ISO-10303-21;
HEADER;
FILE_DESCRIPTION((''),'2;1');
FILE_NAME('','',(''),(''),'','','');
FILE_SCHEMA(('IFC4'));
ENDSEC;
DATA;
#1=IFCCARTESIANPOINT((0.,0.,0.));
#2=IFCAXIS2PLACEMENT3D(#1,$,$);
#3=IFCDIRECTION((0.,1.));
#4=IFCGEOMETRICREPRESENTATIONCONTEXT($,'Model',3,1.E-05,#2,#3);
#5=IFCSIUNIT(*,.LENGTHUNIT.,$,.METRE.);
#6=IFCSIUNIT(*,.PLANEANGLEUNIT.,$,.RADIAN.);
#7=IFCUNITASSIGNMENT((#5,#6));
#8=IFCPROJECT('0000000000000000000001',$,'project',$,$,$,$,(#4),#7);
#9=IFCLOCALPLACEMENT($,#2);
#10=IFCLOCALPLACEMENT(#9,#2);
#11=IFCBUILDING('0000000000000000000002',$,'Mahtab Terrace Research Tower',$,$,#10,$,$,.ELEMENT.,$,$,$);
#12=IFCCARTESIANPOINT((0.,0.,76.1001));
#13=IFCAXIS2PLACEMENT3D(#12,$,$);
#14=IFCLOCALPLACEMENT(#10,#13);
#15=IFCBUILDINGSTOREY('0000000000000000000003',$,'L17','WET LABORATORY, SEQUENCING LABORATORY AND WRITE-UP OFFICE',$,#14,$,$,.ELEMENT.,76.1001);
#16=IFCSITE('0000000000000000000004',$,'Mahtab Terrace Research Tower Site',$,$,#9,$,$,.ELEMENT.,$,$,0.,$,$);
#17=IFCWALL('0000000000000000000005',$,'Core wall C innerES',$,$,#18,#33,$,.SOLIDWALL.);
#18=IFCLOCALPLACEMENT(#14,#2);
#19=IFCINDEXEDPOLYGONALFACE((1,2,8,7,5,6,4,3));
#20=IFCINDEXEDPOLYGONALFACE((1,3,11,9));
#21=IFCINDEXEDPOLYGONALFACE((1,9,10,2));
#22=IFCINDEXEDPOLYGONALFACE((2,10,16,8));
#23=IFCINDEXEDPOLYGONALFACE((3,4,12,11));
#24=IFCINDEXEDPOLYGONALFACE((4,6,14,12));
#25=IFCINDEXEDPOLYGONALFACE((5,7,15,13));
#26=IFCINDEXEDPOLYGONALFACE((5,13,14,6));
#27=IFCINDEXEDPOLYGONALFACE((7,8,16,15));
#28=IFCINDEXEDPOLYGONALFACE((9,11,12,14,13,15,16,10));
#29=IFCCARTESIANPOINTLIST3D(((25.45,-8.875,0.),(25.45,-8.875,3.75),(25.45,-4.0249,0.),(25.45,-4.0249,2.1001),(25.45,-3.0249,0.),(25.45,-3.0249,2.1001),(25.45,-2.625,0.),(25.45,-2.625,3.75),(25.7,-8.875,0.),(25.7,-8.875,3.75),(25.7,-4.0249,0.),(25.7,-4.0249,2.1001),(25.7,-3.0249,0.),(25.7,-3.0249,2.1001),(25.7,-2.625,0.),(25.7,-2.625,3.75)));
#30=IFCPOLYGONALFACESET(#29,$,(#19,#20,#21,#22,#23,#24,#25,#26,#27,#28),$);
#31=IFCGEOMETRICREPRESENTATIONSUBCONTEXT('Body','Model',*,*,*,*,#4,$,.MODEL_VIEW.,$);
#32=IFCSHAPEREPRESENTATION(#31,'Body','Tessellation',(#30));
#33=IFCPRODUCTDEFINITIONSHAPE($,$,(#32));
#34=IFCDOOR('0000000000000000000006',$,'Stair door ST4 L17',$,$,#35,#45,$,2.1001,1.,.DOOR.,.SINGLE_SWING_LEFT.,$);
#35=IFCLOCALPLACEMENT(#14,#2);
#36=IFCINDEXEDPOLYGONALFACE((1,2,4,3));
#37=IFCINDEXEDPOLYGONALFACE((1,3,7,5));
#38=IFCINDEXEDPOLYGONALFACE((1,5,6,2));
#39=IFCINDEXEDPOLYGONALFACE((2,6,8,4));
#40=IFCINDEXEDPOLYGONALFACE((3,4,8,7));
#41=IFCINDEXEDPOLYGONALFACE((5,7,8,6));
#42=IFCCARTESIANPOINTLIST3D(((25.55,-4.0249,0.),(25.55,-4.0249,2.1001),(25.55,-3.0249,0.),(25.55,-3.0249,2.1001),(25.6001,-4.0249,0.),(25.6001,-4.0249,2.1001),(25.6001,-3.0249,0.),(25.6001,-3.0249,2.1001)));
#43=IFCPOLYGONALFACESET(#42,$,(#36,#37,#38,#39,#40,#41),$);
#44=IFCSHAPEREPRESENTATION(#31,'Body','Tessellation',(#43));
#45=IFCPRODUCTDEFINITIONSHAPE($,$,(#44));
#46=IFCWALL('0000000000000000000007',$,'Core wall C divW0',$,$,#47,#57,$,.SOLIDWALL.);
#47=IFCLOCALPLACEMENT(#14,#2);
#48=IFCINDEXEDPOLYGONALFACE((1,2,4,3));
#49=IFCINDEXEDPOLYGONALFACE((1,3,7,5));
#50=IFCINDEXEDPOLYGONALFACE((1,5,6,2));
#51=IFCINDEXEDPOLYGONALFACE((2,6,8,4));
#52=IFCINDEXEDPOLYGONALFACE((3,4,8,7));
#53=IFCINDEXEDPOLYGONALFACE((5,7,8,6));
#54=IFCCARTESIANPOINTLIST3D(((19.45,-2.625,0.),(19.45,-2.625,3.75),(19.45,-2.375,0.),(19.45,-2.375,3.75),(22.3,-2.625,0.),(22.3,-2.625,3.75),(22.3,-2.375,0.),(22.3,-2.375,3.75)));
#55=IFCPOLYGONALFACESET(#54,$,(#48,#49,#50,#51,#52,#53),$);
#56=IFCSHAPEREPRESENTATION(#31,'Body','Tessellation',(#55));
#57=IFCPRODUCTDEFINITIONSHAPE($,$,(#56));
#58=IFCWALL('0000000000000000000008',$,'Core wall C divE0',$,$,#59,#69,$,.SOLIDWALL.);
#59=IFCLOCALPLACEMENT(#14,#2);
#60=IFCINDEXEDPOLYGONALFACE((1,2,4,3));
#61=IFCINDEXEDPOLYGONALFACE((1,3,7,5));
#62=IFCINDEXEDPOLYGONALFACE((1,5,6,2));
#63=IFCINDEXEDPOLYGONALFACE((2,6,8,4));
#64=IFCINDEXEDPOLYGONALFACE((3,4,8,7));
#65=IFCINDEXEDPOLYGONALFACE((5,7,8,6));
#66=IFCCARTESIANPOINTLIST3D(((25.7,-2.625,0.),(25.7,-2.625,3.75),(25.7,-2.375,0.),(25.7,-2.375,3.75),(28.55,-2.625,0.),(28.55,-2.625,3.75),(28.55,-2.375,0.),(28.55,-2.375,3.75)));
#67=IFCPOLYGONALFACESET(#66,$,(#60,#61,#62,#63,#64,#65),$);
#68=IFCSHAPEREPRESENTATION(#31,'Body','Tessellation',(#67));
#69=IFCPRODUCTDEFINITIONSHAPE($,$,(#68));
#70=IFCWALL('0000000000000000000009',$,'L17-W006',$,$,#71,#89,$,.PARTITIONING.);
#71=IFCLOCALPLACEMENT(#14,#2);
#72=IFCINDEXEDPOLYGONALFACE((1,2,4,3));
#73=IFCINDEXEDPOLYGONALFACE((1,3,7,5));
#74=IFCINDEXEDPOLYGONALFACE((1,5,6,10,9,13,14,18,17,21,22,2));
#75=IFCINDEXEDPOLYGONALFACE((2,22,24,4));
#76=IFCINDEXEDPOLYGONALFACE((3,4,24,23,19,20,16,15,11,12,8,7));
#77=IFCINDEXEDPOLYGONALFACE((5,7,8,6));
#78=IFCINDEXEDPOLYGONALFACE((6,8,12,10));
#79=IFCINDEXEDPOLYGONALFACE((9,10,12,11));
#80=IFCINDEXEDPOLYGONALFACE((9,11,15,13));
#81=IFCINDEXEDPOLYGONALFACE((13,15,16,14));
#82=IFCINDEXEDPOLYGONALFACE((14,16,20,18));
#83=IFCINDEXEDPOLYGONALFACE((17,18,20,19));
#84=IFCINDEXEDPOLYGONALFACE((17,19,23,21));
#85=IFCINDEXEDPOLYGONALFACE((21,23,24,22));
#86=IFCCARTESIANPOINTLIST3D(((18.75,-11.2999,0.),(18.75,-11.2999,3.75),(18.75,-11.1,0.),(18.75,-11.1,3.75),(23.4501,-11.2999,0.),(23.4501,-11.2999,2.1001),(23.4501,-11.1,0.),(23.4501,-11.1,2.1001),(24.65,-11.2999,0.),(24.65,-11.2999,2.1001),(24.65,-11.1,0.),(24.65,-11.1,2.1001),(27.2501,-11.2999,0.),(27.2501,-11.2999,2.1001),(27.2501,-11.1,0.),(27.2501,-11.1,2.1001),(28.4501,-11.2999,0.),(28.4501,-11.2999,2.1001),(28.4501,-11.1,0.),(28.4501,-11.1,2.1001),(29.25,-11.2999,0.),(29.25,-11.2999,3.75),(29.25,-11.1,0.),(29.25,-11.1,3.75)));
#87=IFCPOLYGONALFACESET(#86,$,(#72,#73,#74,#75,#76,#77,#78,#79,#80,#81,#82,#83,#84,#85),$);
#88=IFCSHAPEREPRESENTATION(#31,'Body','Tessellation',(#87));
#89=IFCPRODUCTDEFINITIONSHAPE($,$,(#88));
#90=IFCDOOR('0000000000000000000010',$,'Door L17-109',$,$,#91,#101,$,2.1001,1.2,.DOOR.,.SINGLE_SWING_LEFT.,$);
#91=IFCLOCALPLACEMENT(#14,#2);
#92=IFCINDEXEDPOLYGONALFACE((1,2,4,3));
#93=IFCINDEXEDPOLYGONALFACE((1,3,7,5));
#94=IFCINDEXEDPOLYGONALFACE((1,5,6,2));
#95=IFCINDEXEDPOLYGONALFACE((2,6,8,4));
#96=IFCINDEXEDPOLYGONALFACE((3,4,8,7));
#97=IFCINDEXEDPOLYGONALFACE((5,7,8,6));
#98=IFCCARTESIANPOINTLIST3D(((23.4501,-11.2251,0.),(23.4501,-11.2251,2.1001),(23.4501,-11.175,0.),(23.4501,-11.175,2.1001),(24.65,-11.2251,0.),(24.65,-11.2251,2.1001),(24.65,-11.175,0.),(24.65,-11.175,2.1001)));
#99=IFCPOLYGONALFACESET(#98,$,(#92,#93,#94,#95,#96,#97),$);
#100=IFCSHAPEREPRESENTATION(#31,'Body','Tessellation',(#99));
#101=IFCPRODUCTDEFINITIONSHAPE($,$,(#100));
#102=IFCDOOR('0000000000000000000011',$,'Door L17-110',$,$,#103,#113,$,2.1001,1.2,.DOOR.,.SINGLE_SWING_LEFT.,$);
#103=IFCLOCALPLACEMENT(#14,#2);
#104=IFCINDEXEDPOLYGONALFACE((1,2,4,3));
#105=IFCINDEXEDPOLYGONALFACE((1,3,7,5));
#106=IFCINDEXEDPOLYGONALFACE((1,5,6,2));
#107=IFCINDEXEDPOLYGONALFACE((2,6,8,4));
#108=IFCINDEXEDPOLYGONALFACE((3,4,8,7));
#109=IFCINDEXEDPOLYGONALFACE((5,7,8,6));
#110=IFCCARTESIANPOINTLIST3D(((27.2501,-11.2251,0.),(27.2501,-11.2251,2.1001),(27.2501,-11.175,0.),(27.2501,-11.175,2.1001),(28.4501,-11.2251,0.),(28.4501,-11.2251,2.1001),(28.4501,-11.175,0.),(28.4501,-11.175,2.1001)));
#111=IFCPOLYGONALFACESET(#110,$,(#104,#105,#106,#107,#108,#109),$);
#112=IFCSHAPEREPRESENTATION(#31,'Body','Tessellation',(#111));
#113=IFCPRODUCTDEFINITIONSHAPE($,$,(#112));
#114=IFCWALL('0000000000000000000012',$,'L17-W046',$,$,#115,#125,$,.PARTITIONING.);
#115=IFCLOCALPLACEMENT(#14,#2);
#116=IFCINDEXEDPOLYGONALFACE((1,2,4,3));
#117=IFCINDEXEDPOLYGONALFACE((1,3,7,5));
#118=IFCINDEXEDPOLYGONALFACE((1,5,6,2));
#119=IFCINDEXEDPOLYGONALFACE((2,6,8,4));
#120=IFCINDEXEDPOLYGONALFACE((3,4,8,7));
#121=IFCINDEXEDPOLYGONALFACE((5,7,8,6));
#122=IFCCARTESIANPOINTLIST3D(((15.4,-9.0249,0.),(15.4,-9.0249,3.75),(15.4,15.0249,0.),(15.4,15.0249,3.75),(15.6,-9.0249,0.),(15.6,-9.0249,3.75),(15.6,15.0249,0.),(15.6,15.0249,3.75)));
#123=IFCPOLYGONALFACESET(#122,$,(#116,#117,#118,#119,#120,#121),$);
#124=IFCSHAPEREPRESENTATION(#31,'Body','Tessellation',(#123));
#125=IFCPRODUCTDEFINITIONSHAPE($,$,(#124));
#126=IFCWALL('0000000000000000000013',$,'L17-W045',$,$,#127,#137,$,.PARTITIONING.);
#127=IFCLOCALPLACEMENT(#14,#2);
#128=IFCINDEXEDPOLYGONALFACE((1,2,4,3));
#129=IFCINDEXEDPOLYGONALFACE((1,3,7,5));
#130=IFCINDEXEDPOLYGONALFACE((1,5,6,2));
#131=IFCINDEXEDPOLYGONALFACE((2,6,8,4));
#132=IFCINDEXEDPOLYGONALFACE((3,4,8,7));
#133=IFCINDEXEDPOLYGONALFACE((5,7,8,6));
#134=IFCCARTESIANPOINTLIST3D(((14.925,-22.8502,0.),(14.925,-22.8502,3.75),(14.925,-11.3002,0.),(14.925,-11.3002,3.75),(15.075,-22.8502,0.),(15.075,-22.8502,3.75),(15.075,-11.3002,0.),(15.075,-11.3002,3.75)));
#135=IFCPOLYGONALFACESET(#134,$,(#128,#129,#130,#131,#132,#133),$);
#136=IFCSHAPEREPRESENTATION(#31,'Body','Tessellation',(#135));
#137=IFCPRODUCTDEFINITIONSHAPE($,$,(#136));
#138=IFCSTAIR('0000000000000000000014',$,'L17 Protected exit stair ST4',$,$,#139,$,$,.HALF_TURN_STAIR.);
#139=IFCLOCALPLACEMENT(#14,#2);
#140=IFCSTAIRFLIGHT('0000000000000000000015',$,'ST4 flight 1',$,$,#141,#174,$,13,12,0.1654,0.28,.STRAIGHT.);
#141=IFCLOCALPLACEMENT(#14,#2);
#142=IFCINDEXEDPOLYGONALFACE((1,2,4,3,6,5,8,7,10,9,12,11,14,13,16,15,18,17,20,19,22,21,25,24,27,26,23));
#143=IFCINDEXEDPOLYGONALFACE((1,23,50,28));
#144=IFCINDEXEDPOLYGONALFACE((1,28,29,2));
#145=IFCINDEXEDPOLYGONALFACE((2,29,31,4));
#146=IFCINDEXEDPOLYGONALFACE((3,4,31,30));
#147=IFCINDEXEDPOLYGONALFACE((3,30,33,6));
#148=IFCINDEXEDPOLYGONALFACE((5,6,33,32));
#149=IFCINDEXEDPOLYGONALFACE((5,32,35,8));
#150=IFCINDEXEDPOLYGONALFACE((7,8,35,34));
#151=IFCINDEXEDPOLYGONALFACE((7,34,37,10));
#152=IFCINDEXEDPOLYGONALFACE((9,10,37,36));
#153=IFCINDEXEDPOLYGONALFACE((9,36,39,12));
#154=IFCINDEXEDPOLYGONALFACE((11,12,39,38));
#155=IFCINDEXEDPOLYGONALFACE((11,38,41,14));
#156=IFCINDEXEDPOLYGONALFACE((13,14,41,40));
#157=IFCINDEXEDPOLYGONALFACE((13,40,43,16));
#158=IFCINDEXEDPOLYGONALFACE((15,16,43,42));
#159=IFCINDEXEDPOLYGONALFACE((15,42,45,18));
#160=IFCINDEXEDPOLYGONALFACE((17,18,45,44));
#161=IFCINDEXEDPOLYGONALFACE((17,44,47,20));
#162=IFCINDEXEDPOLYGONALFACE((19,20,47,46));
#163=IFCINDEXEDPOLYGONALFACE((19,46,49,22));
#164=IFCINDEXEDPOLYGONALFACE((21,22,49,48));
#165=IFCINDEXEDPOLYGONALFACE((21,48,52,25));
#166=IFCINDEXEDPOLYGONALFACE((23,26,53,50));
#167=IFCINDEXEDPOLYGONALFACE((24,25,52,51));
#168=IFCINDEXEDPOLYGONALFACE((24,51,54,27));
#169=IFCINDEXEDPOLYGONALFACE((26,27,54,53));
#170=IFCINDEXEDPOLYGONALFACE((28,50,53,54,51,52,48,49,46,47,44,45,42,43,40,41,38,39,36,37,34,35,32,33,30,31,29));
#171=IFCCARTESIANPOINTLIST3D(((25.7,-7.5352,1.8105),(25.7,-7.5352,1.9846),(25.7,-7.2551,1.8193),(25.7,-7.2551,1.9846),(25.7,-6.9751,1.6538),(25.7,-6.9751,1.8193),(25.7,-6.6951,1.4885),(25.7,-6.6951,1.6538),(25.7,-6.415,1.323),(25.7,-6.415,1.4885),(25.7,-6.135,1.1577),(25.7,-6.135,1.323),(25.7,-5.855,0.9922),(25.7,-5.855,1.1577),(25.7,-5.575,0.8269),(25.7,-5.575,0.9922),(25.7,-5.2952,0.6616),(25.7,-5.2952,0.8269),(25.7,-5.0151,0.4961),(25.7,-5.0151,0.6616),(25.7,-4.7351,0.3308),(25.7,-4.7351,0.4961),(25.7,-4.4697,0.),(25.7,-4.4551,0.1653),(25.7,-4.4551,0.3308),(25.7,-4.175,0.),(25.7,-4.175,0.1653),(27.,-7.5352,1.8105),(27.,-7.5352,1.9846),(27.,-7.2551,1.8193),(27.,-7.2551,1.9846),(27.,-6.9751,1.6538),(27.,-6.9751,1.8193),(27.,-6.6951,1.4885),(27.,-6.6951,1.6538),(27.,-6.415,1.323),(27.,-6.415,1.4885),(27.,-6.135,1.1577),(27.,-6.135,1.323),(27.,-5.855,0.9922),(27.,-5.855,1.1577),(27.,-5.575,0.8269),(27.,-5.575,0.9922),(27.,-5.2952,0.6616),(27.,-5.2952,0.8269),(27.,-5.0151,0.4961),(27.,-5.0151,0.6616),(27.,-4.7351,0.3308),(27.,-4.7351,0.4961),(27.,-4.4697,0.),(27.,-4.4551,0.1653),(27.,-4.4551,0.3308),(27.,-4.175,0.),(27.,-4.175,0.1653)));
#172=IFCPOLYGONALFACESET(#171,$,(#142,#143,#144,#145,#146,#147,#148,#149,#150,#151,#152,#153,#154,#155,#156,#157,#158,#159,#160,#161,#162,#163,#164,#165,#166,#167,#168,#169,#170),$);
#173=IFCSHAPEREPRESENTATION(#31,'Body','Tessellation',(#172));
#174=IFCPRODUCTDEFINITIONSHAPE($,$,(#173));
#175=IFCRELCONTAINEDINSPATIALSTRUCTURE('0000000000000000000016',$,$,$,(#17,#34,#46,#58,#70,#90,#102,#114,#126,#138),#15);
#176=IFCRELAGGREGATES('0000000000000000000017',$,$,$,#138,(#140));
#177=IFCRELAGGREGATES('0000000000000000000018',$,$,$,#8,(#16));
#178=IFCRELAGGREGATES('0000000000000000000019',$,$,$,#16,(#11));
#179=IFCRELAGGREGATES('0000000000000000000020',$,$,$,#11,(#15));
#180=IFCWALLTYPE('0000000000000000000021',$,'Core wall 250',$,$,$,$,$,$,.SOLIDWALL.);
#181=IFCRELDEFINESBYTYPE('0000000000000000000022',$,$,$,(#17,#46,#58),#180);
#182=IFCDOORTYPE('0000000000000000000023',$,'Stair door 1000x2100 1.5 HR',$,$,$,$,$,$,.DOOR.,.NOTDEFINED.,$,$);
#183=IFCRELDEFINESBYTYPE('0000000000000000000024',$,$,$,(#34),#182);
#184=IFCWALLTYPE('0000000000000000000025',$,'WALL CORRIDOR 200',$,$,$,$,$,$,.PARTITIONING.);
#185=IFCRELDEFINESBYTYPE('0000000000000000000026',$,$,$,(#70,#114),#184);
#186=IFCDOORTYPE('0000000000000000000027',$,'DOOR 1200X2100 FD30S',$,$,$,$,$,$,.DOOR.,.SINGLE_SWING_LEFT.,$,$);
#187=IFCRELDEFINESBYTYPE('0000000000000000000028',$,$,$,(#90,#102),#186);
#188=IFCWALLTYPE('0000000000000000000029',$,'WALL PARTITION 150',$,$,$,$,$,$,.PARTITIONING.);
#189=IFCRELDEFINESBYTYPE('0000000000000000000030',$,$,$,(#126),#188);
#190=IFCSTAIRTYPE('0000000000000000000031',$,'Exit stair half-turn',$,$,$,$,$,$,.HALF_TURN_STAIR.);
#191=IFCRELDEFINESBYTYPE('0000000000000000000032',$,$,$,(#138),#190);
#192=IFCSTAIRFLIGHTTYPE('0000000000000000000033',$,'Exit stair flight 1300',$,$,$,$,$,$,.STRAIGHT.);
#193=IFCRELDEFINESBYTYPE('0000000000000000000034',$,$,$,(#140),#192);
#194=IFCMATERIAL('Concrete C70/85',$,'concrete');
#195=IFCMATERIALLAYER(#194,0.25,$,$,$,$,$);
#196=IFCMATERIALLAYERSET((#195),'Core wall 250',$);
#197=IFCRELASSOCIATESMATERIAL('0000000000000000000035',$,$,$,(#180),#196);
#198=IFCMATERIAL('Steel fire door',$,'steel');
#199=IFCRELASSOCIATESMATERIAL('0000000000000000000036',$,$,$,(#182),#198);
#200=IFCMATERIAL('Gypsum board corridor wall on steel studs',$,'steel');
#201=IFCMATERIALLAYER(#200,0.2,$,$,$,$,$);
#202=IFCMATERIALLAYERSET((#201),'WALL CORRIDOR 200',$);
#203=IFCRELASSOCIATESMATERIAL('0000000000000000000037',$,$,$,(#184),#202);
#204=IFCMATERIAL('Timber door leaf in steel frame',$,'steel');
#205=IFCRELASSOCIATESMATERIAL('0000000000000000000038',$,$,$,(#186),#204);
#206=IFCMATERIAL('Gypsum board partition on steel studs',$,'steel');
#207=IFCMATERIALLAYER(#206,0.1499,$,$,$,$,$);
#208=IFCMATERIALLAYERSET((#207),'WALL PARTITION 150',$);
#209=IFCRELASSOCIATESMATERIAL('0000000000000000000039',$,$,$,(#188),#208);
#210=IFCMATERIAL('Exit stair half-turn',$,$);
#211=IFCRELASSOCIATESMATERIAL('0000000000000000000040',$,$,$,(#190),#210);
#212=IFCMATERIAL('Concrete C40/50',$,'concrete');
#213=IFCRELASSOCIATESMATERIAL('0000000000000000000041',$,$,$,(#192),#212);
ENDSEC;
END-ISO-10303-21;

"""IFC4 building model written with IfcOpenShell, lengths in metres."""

from ifc_helpers import new_model, si_unit, direction, frame, frame_2d, origin, place, context, subcontext, project, spatial, polyline, rectangle, outline, extrude, material, layer, layer_set, type_object, element, fill, aggregate, save


model = new_model("IFC4")

# Units and contexts
model_context = context("Model", 3, precision=1e-05, world=origin(), true_north=direction((0.0, 1.0)))
body_context = subcontext(model_context, "Body", "Model", "MODEL_VIEW")
ifc_project = project(units=[si_unit("LENGTHUNIT", "METRE"), si_unit("PLANEANGLEUNIT", "RADIAN")], contexts=[model_context])

# Site, building, storey
site_placement = place(None, origin())
site = spatial("IfcSite", under=ifc_project, at=site_placement, Name="Mahtab Terrace Research Tower Site", CompositionType="ELEMENT", RefElevation=0.0)
building_placement = place(site_placement, origin())
building = spatial("IfcBuilding", under=site, at=building_placement, Name="Mahtab Terrace Research Tower", CompositionType="ELEMENT")
storey_placement = place(building_placement, frame((0.0, 0.0, 76.1001)))
storey = spatial("IfcBuildingStorey", under=building, at=storey_placement, Name="L17", Description="WET LABORATORY, SEQUENCING LABORATORY AND WRITE-UP OFFICE", CompositionType="ELEMENT", Elevation=76.1001)

# Shared definitions
ifc_material_1 = material(Name="Concrete C70/85", Category="concrete")

# Shared definitions
ifc_layer_1 = layer(ifc_material_1, 0.25)
ifc_layer_set_1 = layer_set([ifc_layer_1], Name="Core wall 250")
wall_type_1 = type_object("IfcWallType", Name="Core wall 250", PredefinedType="SOLIDWALL", material=ifc_layer_set_1)
ifc_material_2 = material(Name="Steel fire door", Category="steel")

# Wall, opening, door
wall_1_placement = place(storey_placement, frame((25.575, -8.875, 0.0), z_axis=(0.0, 0.0, 1.0), x_axis=(0.0, 1.0, 0.0)))
wall_1 = element("IfcWall", 1, at=wall_1_placement, inside=storey, type_object=wall_type_1, Name="Core wall C innerES", PredefinedType="SOLIDWALL", context=body_context, shape_type="SweptSolid", body=[
    extrude(rectangle(XDim=6.25, YDim=0.25, at=frame_2d((3.125, 0.0))), origin(), (0.0, 0.0, 1.0), 3.75),
])
opening_1_placement = place(wall_1_placement, frame((4.8501, 0.0, 0.0)))
opening_1 = element("IfcOpeningElement", 2, at=opening_1_placement, cuts=wall_1, PredefinedType="OPENING", context=body_context, shape_type="SweptSolid", body=[
    extrude(rectangle(XDim=1.0, YDim=2.1001, at=frame_2d((0.5, 1.05))), frame((0.0, 0.135, 0.0), z_axis=(0.0, -1.0, 0.0), x_axis=(1.0, 0.0, 0.0)), (0.0, 0.0, 1.0), 0.27),
])
door_type_1 = type_object("IfcDoorType", Name="Stair door 1000x2100 1.5 HR", OperationType="NOTDEFINED", PredefinedType="DOOR", material=ifc_material_2)
door_1_placement = place(opening_1_placement, origin())
door_1 = element("IfcDoor", 3, at=door_1_placement, inside=storey, type_object=door_type_1, Name="Stair door ST4 L17", OperationType="SINGLE_SWING_LEFT", OverallHeight=2.1001, OverallWidth=1.0, PredefinedType="DOOR", context=body_context, shape_type="SweptSolid", body=[
    extrude(rectangle(XDim=1.0, YDim=2.1001, at=frame_2d((0.5, 1.05))), frame((0.0, 0.0249, 0.0), z_axis=(0.0, -1.0, 0.0), x_axis=(1.0, 0.0, 0.0)), (0.0, 0.0, 1.0), 0.05),
])
fill(opening_1, door_1)

# Walls
for number, where, z_axis, x_axis, name in (
    (4, (19.45, -2.5, 0.0), (0.0, 0.0, 1.0), (1.0, 0.0, 0.0), "Core wall C divW0"),
    (5, (25.7, -2.5, 0.0), (0.0, 0.0, 1.0), (1.0, 0.0, 0.0), "Core wall C divE0"),
):
    element("IfcWall", number, at=place(storey_placement, frame(where, z_axis=z_axis, x_axis=x_axis)), inside=storey, type_object=wall_type_1, Name=name, PredefinedType="SOLIDWALL", context=body_context, shape_type="SweptSolid", body=[
        extrude(rectangle(XDim=2.8501, YDim=0.25, at=frame_2d((1.425, 0.0))), origin(), (0.0, 0.0, 1.0), 3.75),
    ])

# Wall, openings, doors
ifc_material_3 = material(Name="Gypsum board corridor wall on steel studs", Category="steel")
ifc_layer_2 = layer(ifc_material_3, 0.2)
ifc_layer_set_2 = layer_set([ifc_layer_2], Name="WALL CORRIDOR 200")
wall_type_2 = type_object("IfcWallType", Name="WALL CORRIDOR 200", PredefinedType="PARTITIONING", material=ifc_layer_set_2)
wall_2_placement = place(storey_placement, frame((18.75, -11.2, 0.0), z_axis=(0.0, 0.0, 1.0), x_axis=(1.0, 0.0, 0.0)))
wall_2 = element("IfcWall", 6, at=wall_2_placement, inside=storey, type_object=wall_type_2, Name="L17-W006", PredefinedType="PARTITIONING", context=body_context, shape_type="SweptSolid", body=[
    extrude(rectangle(XDim=10.5, YDim=0.2, at=frame_2d((5.25, 0.0))), origin(), (0.0, 0.0, 1.0), 3.75),
])
opening_2_placement = place(wall_2_placement, frame((4.7, 0.0, 0.0)))
opening_2 = element("IfcOpeningElement", 7, at=opening_2_placement, cuts=wall_2, PredefinedType="OPENING", context=body_context, shape_type="SweptSolid", body=[
    extrude(rectangle(XDim=1.2, YDim=2.1001, at=frame_2d((0.6001, 1.05))), frame((0.0, 0.1099, 0.0), z_axis=(0.0, -1.0, 0.0), x_axis=(1.0, 0.0, 0.0)), (0.0, 0.0, 1.0), 0.22),
])
opening_3_placement = place(wall_2_placement, frame((8.5, 0.0, 0.0)))
opening_3 = element("IfcOpeningElement", 8, at=opening_3_placement, cuts=wall_2, PredefinedType="OPENING", context=body_context, shape_type="SweptSolid", body=[
    extrude(rectangle(XDim=1.2, YDim=2.1001, at=frame_2d((0.6001, 1.05))), frame((0.0, 0.1099, 0.0), z_axis=(0.0, -1.0, 0.0), x_axis=(1.0, 0.0, 0.0)), (0.0, 0.0, 1.0), 0.22),
])
ifc_material_4 = material(Name="Timber door leaf in steel frame", Category="steel")
door_type_2 = type_object("IfcDoorType", Name="DOOR 1200X2100 FD30S", OperationType="SINGLE_SWING_LEFT", PredefinedType="DOOR", material=ifc_material_4)
door_2_placement = place(opening_2_placement, origin())
door_2 = element("IfcDoor", 9, at=door_2_placement, inside=storey, type_object=door_type_2, Name="Door L17-109", OperationType="SINGLE_SWING_LEFT", OverallHeight=2.1001, OverallWidth=1.2, PredefinedType="DOOR", context=body_context, shape_type="SweptSolid", body=[
    extrude(rectangle(XDim=1.2, YDim=2.1001, at=frame_2d((0.6001, 1.05))), frame((0.0, 0.0249, 0.0), z_axis=(0.0, -1.0, 0.0), x_axis=(1.0, 0.0, 0.0)), (0.0, 0.0, 1.0), 0.05),
])
fill(opening_2, door_2)
door_3_placement = place(opening_3_placement, origin())
door_3 = element("IfcDoor", 10, at=door_3_placement, inside=storey, type_object=door_type_2, Name="Door L17-110", OperationType="SINGLE_SWING_LEFT", OverallHeight=2.1001, OverallWidth=1.2, PredefinedType="DOOR", context=body_context, shape_type="SweptSolid", body=[
    extrude(rectangle(XDim=1.2, YDim=2.1001, at=frame_2d((0.6001, 1.05))), frame((0.0, 0.0249, 0.0), z_axis=(0.0, -1.0, 0.0), x_axis=(1.0, 0.0, 0.0)), (0.0, 0.0, 1.0), 0.05),
])
fill(opening_3, door_3)

# Walls
wall_3_placement = place(storey_placement, frame((15.5, -9.0249, 0.0), z_axis=(0.0, 0.0, 1.0), x_axis=(0.0, 1.0, 0.0)))
element("IfcWall", 11, at=wall_3_placement, inside=storey, type_object=wall_type_2, Name="L17-W046", PredefinedType="PARTITIONING", context=body_context, shape_type="SweptSolid", body=[
    extrude(rectangle(XDim=24.0498, YDim=0.2, at=frame_2d((12.0249, 0.0))), origin(), (0.0, 0.0, 1.0), 3.75),
])
ifc_material_5 = material(Name="Gypsum board partition on steel studs", Category="steel")
ifc_layer_3 = layer(ifc_material_5, 0.1499)
ifc_layer_set_3 = layer_set([ifc_layer_3], Name="WALL PARTITION 150")
wall_type_3 = type_object("IfcWallType", Name="WALL PARTITION 150", PredefinedType="PARTITIONING", material=ifc_layer_set_3)
wall_4_placement = place(storey_placement, frame((15.0, -22.8501, 0.0), z_axis=(0.0, 0.0, 1.0), x_axis=(0.0, 1.0, 0.0)))
element("IfcWall", 12, at=wall_4_placement, inside=storey, type_object=wall_type_3, Name="L17-W045", PredefinedType="PARTITIONING", context=body_context, shape_type="SweptSolid", body=[
    extrude(rectangle(XDim=11.55, YDim=0.1499, at=frame_2d((5.7749, 0.0))), origin(), (0.0, 0.0, 1.0), 3.75),
])

# Stair, stair flight
ifc_material_6 = material(Name="Exit stair half-turn")
stair_type = type_object("IfcStairType", Name="Exit stair half-turn", PredefinedType="HALF_TURN_STAIR", material=ifc_material_6)
stair_placement = place(storey_placement, origin())
stair = element("IfcStair", 13, at=stair_placement, inside=storey, type_object=stair_type, Name="L17 Protected exit stair ST4", PredefinedType="HALF_TURN_STAIR")
ifc_material_7 = material(Name="Concrete C40/50", Category="concrete")
stair_flight_type = type_object("IfcStairFlightType", Name="Exit stair flight 1300", PredefinedType="STRAIGHT", material=ifc_material_7)
stair_flight_placement = place(storey_placement, frame((26.3501, -4.175, 0.0), z_axis=(0.0, 0.0, 1.0), x_axis=(0.0, -1.0, 0.0)))
stair_flight = element("IfcStairFlight", 14, at=stair_flight_placement, type_object=stair_flight_type, Name="ST4 flight 1", NumberOfRisers=13, NumberOfTreads=12, PredefinedType="STRAIGHT", RiserHeight=0.1654, TreadLength=0.28, context=body_context, shape_type="SweptSolid", body=[
    extrude(outline(polyline([(0.0, 0.0), (0.0, 0.1653), (0.28, 0.1653), (0.28, 0.3308), (0.5601, 0.3308), (0.5601, 0.4961), (0.8401, 0.4961), (0.8401, 0.6616), (1.1201, 0.6616), (1.1201, 0.8269), (1.3999, 0.8269), (1.3999, 0.9922), (1.6799, 0.9922), (1.6799, 1.1577), (1.96, 1.1577), (1.96, 1.323), (2.24, 1.323), (2.24, 1.4885), (2.52, 1.4885), (2.52, 1.6538), (2.8, 1.6538), (2.8, 1.8193), (3.0801, 1.8193), (3.0801, 1.9846), (3.3601, 1.9846), (3.3601, 2.1499), (3.3601, 1.8105), (0.2947, 0.0), (0.0, 0.0)])), frame((0.0, 0.6499, 0.0), z_axis=(0.0, -1.0, 0.0), x_axis=(1.0, 0.0, 0.0)), (0.0, 0.0, 1.0), 1.3),
])
aggregate(stair, [stair_flight])

save(model, "model.ifc")
